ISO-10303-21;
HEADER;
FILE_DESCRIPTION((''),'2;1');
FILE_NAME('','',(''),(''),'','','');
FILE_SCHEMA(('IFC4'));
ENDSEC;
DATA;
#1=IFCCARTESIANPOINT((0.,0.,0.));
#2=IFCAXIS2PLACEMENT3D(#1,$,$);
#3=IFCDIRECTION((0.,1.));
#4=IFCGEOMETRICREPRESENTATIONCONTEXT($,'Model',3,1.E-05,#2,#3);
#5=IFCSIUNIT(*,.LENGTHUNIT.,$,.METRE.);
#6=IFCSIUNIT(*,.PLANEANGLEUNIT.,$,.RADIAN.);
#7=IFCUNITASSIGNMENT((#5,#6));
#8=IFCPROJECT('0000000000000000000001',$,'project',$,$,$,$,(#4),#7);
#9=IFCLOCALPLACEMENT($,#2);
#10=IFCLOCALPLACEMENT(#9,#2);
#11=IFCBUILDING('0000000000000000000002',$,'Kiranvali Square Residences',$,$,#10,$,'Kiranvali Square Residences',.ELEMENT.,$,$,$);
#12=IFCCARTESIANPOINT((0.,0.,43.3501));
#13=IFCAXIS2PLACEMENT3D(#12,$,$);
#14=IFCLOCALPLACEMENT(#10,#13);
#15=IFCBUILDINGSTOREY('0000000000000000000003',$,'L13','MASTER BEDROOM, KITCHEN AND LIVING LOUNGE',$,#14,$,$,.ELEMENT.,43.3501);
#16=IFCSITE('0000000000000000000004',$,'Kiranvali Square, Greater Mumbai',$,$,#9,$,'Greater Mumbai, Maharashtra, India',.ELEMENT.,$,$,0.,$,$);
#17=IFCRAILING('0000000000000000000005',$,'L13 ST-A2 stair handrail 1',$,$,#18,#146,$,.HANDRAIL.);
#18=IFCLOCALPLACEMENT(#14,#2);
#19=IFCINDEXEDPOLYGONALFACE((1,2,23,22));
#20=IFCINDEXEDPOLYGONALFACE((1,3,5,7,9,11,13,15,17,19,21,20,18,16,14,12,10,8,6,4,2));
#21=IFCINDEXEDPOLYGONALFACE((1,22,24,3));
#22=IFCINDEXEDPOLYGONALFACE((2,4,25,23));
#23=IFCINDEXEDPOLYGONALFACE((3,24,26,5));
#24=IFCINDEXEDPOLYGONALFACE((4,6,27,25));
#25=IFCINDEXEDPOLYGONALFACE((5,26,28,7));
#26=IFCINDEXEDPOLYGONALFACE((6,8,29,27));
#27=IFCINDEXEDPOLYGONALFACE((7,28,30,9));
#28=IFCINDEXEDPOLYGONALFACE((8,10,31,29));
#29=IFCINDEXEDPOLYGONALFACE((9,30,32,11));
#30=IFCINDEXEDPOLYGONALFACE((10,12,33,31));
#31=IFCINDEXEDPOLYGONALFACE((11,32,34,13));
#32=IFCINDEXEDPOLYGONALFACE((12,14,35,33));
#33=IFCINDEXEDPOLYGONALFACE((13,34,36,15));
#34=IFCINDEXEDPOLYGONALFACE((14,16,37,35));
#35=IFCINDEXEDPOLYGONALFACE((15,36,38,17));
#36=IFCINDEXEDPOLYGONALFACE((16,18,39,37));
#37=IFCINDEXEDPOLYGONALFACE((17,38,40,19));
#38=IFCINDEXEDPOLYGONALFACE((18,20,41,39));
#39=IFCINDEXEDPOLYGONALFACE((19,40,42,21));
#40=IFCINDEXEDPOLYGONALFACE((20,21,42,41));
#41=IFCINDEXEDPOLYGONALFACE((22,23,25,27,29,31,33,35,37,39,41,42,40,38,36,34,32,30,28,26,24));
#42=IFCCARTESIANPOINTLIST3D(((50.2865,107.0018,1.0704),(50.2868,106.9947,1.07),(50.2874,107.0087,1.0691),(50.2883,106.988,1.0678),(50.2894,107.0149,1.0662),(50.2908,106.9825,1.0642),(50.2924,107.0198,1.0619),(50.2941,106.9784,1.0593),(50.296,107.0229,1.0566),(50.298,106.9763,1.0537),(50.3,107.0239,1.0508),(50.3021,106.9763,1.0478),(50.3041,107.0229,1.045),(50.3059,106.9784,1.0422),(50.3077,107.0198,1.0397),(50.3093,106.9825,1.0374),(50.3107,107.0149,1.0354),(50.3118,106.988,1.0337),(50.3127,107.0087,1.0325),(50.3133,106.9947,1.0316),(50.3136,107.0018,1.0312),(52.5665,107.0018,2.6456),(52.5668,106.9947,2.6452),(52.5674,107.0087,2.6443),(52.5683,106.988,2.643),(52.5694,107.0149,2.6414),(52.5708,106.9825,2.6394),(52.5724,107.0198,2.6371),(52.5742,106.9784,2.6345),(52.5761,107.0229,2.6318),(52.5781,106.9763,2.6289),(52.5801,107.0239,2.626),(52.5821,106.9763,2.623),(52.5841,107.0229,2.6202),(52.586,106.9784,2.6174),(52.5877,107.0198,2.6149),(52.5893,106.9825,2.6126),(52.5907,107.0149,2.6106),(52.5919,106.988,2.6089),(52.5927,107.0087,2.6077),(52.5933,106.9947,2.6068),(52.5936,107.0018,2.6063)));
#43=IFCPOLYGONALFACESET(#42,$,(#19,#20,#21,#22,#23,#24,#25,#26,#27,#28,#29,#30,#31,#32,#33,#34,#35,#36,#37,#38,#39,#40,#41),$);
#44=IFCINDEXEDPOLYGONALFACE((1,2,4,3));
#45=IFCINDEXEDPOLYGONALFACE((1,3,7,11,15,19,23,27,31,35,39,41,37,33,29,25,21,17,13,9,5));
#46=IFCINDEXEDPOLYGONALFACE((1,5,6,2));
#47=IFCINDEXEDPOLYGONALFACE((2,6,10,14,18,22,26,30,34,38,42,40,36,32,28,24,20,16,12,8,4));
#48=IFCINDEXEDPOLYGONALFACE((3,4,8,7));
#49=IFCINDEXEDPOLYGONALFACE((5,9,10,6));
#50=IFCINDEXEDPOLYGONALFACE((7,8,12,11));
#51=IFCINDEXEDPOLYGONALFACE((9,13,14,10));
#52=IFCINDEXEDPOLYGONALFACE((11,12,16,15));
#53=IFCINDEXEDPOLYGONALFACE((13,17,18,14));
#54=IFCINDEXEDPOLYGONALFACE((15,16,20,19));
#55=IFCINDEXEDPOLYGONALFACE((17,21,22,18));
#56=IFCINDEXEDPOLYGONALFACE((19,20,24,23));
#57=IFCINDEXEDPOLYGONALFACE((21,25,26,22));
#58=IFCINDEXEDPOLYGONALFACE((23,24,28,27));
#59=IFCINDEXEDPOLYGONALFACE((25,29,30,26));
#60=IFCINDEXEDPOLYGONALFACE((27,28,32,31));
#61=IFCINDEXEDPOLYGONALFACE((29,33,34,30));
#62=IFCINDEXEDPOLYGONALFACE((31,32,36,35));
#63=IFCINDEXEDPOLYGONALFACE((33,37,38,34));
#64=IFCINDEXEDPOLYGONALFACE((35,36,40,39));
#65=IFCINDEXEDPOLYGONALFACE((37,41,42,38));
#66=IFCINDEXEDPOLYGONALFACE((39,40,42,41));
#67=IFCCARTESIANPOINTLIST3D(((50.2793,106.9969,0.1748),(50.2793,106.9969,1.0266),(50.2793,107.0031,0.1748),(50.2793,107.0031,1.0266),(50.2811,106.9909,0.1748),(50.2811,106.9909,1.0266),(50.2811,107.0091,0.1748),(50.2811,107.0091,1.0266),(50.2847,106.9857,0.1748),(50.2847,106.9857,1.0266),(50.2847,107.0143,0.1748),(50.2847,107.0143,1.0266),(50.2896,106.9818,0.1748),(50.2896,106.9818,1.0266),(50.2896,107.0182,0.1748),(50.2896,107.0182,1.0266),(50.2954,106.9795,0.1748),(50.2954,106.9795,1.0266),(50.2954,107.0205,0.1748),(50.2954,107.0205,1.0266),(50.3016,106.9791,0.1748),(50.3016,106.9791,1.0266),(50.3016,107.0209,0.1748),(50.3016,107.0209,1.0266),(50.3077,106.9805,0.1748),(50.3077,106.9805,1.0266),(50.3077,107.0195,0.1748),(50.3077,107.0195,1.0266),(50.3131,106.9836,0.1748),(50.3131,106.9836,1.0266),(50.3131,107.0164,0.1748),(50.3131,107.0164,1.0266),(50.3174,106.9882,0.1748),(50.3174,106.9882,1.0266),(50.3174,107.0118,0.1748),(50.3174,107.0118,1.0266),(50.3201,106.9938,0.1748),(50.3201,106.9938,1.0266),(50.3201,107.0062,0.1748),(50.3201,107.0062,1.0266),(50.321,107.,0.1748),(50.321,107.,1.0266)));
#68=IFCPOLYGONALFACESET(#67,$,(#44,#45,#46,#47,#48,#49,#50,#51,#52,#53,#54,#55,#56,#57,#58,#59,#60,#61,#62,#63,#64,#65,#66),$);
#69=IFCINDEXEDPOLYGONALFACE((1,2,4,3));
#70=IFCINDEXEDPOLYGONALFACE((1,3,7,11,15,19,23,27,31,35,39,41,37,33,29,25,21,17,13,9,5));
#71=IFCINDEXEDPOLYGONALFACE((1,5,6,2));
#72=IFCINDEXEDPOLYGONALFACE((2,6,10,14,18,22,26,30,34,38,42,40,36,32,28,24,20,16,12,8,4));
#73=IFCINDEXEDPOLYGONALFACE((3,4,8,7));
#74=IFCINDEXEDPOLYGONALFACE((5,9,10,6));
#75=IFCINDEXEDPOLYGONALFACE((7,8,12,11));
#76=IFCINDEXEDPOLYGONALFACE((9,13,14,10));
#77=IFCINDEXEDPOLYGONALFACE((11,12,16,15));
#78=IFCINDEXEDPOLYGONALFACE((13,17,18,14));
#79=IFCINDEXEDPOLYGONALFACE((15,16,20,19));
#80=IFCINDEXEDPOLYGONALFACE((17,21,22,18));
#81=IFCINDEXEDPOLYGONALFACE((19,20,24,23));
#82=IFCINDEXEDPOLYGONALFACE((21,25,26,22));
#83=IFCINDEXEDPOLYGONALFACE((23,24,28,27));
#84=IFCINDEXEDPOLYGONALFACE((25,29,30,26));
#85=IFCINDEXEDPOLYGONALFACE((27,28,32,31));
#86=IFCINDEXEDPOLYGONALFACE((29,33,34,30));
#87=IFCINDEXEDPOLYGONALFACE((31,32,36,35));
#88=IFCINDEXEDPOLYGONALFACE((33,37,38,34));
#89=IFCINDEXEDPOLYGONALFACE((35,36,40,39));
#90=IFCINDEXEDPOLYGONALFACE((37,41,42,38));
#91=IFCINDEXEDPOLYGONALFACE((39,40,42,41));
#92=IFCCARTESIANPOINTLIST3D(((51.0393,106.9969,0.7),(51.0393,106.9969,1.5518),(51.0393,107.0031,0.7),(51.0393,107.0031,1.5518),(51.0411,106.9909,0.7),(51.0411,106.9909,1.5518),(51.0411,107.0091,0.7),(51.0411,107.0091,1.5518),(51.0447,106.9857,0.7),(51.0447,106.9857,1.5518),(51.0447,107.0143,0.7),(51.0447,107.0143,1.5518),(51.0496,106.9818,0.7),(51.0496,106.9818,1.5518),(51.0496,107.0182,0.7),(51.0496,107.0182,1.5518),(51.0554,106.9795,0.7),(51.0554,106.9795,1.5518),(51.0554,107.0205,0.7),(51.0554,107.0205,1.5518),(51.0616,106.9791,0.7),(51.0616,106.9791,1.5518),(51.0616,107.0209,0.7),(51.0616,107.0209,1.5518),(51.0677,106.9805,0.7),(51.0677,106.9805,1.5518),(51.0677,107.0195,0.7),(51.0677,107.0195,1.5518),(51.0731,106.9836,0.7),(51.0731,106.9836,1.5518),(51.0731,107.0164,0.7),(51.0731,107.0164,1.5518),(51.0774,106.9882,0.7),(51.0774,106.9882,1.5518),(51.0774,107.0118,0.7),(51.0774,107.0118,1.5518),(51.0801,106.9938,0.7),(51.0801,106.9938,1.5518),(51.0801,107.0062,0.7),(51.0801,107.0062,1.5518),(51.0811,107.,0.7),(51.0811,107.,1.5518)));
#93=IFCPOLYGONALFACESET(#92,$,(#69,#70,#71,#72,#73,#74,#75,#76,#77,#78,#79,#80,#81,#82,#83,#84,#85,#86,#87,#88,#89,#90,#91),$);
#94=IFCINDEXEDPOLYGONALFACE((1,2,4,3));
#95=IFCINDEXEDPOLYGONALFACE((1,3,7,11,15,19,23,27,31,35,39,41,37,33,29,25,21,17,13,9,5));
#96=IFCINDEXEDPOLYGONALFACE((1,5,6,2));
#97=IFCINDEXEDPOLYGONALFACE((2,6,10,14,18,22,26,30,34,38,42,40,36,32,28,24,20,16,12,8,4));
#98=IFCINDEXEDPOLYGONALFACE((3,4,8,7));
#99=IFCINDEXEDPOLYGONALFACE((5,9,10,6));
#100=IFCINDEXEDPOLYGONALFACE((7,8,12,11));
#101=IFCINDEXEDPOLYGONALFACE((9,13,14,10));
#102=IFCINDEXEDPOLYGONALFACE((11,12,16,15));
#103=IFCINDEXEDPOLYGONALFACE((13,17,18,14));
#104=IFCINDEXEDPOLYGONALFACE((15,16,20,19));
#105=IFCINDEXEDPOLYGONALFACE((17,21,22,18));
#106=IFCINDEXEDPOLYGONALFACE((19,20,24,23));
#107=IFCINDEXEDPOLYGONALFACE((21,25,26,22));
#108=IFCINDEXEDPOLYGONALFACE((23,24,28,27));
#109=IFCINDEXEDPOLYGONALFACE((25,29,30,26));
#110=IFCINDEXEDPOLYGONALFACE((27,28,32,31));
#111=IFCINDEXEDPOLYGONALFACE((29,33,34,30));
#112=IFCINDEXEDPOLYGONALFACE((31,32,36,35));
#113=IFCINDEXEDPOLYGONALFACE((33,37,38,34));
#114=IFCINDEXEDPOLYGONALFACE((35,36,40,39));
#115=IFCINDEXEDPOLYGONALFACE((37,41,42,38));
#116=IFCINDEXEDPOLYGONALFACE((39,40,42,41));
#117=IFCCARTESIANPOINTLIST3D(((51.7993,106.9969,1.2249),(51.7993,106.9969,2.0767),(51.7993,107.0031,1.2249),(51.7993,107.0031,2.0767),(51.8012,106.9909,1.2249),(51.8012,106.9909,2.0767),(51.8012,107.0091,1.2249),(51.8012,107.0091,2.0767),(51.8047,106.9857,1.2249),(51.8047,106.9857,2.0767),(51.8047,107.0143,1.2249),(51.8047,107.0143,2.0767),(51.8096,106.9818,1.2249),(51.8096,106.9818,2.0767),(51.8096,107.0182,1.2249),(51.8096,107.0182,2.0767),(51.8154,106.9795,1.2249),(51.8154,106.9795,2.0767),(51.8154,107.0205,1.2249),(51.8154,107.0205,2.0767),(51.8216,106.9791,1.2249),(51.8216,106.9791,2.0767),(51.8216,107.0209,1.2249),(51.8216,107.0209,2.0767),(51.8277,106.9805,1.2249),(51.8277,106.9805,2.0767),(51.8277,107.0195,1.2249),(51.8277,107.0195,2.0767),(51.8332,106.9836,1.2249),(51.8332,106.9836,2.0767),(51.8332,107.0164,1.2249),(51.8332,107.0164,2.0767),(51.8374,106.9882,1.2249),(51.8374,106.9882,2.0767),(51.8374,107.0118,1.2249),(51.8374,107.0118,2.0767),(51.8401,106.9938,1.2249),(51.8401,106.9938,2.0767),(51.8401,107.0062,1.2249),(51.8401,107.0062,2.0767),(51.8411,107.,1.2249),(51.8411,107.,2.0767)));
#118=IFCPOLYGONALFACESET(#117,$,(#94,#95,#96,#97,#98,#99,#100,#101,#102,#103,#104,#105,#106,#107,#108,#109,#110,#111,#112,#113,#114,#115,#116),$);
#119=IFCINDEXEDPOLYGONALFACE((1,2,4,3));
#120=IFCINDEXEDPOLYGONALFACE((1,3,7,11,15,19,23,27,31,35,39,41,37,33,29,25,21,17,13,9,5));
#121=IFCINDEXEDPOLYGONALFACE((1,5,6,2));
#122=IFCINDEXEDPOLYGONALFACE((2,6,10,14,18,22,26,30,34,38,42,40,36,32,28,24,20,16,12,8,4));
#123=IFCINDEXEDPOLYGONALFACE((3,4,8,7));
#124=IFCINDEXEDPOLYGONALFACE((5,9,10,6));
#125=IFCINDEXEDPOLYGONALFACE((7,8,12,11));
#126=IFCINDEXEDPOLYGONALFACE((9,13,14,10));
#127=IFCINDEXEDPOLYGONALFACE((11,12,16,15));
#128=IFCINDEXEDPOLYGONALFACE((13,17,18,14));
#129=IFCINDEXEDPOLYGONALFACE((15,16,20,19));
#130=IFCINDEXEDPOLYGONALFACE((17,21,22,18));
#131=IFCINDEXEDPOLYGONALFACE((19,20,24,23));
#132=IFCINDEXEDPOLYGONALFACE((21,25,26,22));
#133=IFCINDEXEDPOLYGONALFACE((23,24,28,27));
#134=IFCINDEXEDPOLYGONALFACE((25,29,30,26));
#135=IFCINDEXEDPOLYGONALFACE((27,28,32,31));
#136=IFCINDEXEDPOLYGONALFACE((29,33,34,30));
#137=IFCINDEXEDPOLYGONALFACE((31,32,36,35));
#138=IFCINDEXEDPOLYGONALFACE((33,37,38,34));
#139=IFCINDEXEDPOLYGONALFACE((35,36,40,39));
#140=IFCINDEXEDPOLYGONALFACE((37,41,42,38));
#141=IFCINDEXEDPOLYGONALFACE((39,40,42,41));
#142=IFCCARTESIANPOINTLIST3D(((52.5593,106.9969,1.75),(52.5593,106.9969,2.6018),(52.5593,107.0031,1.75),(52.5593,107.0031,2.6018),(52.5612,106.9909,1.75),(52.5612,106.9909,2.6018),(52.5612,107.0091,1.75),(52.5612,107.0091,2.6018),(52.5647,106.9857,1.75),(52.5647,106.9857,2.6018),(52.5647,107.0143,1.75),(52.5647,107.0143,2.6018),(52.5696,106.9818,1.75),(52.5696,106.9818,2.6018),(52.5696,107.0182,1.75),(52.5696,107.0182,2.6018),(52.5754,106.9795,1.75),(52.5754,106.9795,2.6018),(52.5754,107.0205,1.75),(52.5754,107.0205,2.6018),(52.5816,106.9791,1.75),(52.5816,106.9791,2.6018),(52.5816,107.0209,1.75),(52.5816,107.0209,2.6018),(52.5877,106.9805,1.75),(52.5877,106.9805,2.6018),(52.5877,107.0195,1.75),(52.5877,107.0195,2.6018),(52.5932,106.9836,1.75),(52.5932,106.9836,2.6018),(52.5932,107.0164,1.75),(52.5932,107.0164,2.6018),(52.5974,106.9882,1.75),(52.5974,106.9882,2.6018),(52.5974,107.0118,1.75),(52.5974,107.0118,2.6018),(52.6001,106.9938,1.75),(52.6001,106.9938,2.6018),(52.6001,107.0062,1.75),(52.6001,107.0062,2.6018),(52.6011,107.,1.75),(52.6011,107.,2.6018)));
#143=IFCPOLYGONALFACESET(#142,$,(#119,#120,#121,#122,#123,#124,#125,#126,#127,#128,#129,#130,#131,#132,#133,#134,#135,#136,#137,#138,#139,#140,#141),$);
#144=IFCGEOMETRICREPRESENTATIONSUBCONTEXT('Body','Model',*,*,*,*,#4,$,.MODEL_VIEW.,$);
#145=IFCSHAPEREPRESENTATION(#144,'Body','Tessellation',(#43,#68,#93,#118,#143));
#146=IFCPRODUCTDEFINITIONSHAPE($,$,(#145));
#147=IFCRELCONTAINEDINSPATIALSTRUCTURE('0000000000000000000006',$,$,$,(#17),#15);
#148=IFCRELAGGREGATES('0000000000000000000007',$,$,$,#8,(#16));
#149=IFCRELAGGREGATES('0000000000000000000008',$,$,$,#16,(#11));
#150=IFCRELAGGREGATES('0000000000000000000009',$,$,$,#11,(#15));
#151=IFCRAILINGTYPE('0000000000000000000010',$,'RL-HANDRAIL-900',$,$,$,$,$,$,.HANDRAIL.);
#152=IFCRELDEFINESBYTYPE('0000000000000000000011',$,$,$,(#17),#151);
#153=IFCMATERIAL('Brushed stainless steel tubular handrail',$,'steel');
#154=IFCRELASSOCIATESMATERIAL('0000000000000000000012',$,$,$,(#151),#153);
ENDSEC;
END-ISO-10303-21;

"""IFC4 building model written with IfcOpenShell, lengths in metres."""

from ifc_helpers import new_model, si_unit, direction, frame, origin, origin_2d, place, context, subcontext, project, spatial, circle, extrude, material, type_object, element, save


model = new_model("IFC4")

# Units and contexts
model_context = context("Model", 3, precision=1e-05, world=origin(), true_north=direction((0.0, 1.0)))
body_context = subcontext(model_context, "Body", "Model", "MODEL_VIEW")
ifc_project = project(units=[si_unit("LENGTHUNIT", "METRE"), si_unit("PLANEANGLEUNIT", "RADIAN")], contexts=[model_context])

# Site, building, storey
site_placement = place(None, origin())
site = spatial("IfcSite", under=ifc_project, at=site_placement, Name="Kiranvali Square, Greater Mumbai", LongName="Greater Mumbai, Maharashtra, India", CompositionType="ELEMENT", RefElevation=0.0)
building_placement = place(site_placement, origin())
building = spatial("IfcBuilding", under=site, at=building_placement, Name="Kiranvali Square Residences", LongName="Kiranvali Square Residences", CompositionType="ELEMENT")
storey_placement = place(building_placement, frame((0.0, 0.0, 43.3501)))
storey = spatial("IfcBuildingStorey", under=building, at=storey_placement, Name="L13", Description="MASTER BEDROOM, KITCHEN AND LIVING LOUNGE", CompositionType="ELEMENT", Elevation=43.3501)

# Railing
ifc_material_1 = material(Name="Brushed stainless steel tubular handrail", Category="steel")
railing_type_1 = type_object("IfcRailingType", Name="RL-HANDRAIL-900", PredefinedType="HANDRAIL", material=ifc_material_1)
railing_1_placement = place(storey_placement, frame((50.3, 107.0, 0.1748)))
element("IfcRailing", 1, at=railing_1_placement, inside=storey, type_object=railing_type_1, Name="L13 ST-A2 stair handrail 1", PredefinedType="HANDRAIL", context=body_context, shape_type="SweptSolid", body=[
    extrude(circle(Radius=0.0239, at=origin_2d()), frame((0.0, 0.0, 0.876), z_axis=(0.822747, 0.0, 0.568408), x_axis=(0.0, 1.0, 0.0)), (0.0, 0.0, 1.0), 2.7712),
    extrude(circle(Radius=0.021, at=origin_2d()), origin(), (0.0, 0.0, 1.0), 0.8518),
    extrude(circle(Radius=0.021, at=origin_2d()), frame((0.76, 0.0, 0.5251)), (0.0, 0.0, 1.0), 0.8518),
    extrude(circle(Radius=0.021, at=origin_2d()), frame((1.52, 0.0, 1.05)), (0.0, 0.0, 1.0), 0.8518),
    extrude(circle(Radius=0.021, at=origin_2d()), frame((2.28, 0.0, 1.5752)), (0.0, 0.0, 1.0), 0.8518),
])

save(model, "model.ifc")
